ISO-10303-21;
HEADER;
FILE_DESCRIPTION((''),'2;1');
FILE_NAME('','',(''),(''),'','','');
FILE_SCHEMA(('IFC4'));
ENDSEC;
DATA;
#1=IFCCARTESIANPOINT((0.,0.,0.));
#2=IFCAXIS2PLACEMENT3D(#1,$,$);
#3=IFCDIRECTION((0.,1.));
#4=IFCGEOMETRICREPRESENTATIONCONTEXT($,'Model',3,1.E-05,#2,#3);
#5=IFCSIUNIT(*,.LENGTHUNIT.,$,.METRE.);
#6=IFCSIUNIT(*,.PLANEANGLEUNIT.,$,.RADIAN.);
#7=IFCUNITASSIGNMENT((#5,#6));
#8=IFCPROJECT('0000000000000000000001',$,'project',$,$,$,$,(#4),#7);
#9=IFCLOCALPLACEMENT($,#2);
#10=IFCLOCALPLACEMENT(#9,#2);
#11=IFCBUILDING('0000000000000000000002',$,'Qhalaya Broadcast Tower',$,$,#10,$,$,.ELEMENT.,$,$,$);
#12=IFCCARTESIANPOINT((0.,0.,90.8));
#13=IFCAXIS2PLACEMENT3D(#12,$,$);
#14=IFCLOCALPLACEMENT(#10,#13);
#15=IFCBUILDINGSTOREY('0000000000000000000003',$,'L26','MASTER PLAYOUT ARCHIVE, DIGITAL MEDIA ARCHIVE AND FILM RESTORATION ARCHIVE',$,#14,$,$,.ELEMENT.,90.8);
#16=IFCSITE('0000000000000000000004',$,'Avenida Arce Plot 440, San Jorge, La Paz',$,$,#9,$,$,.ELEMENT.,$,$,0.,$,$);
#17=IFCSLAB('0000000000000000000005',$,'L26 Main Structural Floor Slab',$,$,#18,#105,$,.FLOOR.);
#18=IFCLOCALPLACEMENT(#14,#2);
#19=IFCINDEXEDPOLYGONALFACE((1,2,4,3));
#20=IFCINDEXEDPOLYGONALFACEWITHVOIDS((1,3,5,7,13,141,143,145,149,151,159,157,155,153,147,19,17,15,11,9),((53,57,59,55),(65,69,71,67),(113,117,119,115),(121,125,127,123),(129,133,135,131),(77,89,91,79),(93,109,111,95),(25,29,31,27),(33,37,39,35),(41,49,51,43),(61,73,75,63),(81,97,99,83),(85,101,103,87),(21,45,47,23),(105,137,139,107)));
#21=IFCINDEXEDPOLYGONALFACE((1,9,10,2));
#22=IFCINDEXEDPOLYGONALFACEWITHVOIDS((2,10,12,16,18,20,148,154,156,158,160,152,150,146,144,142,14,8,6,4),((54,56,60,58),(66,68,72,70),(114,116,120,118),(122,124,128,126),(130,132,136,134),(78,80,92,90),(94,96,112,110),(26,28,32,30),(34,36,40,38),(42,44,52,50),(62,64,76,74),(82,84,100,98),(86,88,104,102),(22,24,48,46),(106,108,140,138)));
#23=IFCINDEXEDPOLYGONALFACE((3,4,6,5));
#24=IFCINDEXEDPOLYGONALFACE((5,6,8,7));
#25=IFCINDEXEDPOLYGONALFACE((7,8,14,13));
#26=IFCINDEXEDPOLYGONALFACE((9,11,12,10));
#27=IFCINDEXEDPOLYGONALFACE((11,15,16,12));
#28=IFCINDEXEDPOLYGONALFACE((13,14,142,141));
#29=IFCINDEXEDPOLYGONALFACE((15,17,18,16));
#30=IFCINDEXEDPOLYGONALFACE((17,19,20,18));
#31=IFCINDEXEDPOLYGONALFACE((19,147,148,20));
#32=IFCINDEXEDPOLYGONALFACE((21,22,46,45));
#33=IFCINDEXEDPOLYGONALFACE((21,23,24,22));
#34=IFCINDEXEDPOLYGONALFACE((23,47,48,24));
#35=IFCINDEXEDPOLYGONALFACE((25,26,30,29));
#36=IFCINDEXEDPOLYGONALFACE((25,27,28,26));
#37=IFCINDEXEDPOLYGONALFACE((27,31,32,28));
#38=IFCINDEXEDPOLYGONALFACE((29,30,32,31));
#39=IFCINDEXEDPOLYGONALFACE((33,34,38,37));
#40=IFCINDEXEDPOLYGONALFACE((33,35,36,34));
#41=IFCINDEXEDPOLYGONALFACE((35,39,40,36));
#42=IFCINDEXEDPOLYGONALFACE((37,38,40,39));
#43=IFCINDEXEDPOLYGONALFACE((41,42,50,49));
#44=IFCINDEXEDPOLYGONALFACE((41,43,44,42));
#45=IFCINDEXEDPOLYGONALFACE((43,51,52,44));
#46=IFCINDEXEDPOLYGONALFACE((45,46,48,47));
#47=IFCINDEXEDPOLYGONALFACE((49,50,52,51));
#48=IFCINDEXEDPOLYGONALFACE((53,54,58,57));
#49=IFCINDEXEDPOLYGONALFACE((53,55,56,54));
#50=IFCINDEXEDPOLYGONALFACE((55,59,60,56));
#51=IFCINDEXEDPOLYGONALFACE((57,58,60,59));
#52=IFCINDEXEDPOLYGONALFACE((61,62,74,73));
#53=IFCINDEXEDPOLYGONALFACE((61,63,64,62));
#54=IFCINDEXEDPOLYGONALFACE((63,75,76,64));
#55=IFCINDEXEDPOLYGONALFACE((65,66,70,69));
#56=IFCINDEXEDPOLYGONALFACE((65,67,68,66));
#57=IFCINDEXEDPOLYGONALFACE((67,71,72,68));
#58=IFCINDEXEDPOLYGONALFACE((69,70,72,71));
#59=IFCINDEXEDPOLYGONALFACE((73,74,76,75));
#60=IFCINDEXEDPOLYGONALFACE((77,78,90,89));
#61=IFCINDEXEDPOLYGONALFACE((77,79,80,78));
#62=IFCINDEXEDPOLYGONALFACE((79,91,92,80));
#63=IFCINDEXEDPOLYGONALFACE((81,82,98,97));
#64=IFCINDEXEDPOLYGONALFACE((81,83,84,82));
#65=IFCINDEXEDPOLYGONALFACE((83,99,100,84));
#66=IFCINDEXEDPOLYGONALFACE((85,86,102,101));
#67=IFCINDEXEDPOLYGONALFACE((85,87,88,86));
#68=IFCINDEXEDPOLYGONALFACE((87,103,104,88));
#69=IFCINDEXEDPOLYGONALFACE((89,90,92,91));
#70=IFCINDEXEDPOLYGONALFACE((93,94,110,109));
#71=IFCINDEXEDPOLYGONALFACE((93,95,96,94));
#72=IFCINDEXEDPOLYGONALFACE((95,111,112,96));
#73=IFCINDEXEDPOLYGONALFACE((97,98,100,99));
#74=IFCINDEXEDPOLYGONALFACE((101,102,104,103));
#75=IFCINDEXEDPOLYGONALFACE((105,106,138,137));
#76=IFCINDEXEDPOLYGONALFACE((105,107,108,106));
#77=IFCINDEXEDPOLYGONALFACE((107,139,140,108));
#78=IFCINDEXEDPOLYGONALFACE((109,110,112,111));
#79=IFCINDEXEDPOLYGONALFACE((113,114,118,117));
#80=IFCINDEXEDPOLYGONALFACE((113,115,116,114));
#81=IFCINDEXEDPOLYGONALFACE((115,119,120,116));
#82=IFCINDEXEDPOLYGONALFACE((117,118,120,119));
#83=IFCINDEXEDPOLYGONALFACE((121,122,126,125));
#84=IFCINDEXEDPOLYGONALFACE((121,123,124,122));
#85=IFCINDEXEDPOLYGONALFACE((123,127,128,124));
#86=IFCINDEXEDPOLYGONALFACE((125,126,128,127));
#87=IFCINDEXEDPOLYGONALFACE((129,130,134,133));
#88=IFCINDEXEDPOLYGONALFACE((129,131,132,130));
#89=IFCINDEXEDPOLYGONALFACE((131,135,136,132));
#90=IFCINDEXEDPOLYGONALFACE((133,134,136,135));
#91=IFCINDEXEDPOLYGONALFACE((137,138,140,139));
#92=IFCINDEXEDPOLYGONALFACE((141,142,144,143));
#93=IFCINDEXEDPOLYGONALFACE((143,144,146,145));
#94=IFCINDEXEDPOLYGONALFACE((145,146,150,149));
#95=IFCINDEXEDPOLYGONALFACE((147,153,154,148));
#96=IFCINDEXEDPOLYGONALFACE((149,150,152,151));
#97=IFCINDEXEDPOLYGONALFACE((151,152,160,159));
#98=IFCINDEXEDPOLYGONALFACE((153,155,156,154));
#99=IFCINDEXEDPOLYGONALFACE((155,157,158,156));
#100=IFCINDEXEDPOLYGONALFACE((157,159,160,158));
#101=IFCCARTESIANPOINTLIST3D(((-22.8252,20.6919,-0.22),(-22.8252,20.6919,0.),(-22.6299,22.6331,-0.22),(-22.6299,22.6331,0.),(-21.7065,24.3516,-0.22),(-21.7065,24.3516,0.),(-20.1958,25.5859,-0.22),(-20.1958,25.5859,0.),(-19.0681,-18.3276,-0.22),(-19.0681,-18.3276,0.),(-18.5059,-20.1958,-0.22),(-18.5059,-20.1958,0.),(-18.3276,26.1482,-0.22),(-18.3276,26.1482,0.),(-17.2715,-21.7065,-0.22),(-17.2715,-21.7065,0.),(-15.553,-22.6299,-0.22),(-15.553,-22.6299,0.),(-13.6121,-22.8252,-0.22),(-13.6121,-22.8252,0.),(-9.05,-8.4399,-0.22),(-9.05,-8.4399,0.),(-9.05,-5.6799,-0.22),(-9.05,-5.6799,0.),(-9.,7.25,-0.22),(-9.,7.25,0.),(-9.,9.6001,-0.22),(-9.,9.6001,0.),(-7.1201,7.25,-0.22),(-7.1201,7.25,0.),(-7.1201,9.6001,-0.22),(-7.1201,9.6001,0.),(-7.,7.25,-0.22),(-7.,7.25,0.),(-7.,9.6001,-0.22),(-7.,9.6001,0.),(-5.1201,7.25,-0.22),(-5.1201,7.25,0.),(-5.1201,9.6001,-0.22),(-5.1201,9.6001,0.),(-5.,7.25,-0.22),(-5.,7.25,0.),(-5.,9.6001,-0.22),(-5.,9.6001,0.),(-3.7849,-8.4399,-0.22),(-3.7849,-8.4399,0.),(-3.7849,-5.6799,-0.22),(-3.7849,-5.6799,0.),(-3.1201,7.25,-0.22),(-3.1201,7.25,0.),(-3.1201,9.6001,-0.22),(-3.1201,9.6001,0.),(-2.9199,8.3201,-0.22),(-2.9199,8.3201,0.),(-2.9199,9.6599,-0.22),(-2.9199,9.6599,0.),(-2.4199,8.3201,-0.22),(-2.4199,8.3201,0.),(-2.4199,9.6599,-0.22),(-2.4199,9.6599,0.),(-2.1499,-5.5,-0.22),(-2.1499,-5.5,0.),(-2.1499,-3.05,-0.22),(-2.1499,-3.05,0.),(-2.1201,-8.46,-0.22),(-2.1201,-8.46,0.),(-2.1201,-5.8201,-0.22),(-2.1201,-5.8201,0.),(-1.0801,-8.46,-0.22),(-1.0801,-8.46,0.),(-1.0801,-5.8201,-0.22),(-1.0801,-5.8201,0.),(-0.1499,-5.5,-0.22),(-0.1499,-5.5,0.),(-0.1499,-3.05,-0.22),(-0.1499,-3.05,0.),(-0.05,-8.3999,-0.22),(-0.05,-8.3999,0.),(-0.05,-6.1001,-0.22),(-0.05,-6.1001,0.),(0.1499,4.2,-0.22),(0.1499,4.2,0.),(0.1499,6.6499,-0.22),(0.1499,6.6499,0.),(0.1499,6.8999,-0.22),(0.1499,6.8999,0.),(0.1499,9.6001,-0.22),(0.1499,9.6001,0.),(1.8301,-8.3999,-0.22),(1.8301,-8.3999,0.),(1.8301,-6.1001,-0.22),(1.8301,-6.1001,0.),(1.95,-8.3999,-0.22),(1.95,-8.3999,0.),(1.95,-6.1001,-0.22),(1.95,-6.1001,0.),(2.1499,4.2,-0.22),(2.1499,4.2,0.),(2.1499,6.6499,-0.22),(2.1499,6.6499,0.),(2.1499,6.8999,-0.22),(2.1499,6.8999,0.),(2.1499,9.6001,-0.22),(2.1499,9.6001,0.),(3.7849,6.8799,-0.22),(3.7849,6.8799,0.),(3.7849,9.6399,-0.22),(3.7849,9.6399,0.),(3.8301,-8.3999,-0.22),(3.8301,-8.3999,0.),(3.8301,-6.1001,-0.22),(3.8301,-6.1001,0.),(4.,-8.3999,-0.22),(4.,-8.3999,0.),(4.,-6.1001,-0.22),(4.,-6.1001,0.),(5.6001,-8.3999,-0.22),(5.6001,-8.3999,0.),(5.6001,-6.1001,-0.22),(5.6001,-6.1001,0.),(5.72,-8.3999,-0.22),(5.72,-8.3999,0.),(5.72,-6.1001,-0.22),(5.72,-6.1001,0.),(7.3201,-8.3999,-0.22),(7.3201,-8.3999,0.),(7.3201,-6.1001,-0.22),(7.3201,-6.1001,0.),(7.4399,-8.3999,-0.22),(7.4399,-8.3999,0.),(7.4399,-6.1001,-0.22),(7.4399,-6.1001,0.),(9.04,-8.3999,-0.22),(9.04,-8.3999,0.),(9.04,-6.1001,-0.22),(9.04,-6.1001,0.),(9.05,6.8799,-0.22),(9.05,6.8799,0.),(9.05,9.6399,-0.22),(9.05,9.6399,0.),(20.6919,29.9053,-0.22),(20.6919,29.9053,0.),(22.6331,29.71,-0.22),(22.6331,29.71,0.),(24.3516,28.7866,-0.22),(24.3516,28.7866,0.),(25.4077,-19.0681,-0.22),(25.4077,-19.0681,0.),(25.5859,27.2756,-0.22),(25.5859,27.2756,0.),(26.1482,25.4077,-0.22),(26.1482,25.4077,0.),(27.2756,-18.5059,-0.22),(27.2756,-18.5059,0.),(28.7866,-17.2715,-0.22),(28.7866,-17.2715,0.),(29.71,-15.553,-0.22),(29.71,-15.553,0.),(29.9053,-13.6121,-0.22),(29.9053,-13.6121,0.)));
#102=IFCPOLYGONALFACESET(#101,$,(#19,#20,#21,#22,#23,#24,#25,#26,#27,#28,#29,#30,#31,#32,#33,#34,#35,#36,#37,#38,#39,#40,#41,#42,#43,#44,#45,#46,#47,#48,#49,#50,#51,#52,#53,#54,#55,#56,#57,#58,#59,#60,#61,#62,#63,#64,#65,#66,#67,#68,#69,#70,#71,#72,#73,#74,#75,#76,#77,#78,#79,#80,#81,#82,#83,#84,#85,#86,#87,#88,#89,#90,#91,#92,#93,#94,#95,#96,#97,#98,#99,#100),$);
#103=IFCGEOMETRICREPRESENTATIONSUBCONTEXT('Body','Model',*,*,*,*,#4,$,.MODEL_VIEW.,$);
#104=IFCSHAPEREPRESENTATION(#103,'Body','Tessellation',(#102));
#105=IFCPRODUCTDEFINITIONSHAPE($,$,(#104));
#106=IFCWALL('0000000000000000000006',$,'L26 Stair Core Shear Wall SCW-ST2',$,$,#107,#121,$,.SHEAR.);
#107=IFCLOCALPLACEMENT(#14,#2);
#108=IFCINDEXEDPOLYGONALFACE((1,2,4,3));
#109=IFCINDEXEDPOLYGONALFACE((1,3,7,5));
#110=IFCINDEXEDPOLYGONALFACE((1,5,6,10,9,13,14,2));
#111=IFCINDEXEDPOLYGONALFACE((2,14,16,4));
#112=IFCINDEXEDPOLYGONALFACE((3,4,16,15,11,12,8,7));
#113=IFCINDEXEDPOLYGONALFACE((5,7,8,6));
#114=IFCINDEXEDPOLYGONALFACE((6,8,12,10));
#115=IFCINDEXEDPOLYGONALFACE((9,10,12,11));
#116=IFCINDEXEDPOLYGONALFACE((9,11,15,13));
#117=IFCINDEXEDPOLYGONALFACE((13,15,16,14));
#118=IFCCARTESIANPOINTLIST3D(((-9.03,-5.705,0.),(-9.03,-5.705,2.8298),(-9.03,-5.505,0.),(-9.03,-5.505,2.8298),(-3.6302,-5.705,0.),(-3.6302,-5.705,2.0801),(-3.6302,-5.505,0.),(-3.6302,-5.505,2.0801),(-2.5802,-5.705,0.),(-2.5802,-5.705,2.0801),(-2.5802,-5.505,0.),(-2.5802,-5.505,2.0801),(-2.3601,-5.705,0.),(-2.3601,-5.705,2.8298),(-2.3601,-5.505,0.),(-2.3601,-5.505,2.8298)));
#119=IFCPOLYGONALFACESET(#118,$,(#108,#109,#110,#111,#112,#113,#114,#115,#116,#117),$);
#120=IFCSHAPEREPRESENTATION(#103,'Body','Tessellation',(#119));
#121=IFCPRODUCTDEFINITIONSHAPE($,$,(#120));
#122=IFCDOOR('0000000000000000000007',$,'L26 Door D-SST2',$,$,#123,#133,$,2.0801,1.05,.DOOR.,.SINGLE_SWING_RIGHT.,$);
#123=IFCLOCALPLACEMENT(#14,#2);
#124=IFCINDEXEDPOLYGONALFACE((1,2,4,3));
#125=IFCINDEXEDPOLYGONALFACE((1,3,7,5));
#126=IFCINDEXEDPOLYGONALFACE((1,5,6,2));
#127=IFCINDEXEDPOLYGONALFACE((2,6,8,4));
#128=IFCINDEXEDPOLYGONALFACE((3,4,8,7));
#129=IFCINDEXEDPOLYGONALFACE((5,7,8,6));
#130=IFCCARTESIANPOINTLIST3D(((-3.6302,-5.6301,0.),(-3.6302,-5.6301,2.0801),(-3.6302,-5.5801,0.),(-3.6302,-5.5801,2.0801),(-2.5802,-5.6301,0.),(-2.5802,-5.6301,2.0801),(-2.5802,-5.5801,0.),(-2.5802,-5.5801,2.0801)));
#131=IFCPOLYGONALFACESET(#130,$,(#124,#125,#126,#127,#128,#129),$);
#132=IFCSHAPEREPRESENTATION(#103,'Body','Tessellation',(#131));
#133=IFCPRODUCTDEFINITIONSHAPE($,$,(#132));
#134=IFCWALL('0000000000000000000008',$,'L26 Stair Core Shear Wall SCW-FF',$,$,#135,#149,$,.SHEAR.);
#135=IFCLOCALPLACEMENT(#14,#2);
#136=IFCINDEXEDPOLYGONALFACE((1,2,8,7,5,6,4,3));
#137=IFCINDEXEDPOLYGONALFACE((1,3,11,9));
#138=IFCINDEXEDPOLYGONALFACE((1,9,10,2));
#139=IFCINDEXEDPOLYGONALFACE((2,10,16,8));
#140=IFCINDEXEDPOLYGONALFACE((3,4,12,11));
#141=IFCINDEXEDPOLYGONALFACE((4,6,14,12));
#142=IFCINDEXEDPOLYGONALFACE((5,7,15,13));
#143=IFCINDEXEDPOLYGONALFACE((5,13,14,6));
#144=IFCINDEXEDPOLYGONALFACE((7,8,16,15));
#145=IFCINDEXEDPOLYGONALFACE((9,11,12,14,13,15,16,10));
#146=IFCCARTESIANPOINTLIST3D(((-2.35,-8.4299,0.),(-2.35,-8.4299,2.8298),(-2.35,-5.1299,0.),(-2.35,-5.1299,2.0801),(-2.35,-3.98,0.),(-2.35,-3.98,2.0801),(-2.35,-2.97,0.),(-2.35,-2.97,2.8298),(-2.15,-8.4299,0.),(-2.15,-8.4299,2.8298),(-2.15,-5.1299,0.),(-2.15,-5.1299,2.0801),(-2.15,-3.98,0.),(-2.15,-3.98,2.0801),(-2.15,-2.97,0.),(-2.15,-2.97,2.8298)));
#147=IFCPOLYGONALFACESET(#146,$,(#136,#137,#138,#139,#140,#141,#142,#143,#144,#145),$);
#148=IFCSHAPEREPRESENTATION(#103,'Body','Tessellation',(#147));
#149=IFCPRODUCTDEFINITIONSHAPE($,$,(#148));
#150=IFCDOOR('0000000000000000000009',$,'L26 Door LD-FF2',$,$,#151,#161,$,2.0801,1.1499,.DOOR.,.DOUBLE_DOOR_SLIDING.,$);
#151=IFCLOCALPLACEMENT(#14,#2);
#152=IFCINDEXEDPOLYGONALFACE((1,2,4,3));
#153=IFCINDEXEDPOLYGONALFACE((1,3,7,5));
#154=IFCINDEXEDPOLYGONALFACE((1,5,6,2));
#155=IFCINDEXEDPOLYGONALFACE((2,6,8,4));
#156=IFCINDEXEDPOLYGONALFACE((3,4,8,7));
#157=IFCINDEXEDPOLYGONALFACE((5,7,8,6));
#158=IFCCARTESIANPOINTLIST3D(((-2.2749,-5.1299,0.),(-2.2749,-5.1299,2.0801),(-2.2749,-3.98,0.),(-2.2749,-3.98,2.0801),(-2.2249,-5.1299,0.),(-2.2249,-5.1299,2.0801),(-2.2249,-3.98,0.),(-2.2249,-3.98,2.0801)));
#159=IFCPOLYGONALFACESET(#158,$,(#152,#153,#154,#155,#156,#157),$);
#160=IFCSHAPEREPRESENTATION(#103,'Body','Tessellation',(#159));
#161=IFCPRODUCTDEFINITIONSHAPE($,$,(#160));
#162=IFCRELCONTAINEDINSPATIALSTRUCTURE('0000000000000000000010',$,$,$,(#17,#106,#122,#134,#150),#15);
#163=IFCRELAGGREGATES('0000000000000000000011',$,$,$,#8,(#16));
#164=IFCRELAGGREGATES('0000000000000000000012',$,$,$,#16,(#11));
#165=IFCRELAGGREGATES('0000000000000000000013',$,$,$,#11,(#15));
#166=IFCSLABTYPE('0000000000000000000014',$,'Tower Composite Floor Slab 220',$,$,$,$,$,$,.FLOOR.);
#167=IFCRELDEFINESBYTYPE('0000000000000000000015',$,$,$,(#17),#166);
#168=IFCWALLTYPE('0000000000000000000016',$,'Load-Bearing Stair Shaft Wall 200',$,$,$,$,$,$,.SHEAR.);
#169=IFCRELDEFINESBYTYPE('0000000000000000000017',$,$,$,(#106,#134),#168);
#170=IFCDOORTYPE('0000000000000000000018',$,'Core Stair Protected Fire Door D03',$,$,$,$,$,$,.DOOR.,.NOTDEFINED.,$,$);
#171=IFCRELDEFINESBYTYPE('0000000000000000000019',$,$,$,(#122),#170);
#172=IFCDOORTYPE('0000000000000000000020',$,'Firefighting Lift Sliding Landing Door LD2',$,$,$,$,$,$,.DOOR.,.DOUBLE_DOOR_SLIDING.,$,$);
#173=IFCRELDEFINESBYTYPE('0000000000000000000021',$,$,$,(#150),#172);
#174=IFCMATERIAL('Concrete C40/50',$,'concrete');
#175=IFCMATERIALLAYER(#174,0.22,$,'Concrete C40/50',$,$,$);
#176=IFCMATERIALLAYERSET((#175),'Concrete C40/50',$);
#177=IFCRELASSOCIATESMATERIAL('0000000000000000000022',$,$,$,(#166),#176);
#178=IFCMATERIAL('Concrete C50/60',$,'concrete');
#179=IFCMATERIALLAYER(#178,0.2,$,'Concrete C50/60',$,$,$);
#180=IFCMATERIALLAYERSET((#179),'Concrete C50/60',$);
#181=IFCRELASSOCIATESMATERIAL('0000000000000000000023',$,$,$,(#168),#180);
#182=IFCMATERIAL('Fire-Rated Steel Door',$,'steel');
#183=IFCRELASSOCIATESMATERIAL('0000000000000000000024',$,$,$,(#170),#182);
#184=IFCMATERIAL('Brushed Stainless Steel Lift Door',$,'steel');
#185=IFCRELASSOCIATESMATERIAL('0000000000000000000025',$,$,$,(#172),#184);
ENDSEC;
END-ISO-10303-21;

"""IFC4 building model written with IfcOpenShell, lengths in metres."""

from ifc_helpers import new_model, si_unit, direction, frame, frame_2d, origin, place, context, subcontext, project, spatial, polyline, rectangle, outline, extrude, material, layer, layer_set, type_object, element, fill, save


model = new_model("IFC4")

# Units and contexts
model_context = context("Model", 3, precision=1e-05, world=origin(), true_north=direction((0.0, 1.0)))
body_context = subcontext(model_context, "Body", "Model", "MODEL_VIEW")
ifc_project = project(units=[si_unit("LENGTHUNIT", "METRE"), si_unit("PLANEANGLEUNIT", "RADIAN")], contexts=[model_context])

# Site, building, storey
site_placement = place(None, origin())
site = spatial("IfcSite", under=ifc_project, at=site_placement, Name="Avenida Arce Plot 440, San Jorge, La Paz", CompositionType="ELEMENT", RefElevation=0.0)
building_placement = place(site_placement, origin())
building = spatial("IfcBuilding", under=site, at=building_placement, Name="Qhalaya Broadcast Tower", CompositionType="ELEMENT")
storey_placement = place(building_placement, frame((0.0, 0.0, 90.8)))
storey = spatial("IfcBuildingStorey", under=building, at=storey_placement, Name="L26", Description="MASTER PLAYOUT ARCHIVE, DIGITAL MEDIA ARCHIVE AND FILM RESTORATION ARCHIVE", CompositionType="ELEMENT", Elevation=90.8)

# Shared definitions
ifc_material_1 = material(Name="Concrete C50/60", Category="concrete")

# Slab
ifc_material_2 = material(Name="Concrete C40/50", Category="concrete")
ifc_layer_1 = layer(ifc_material_2, 0.22, Name="Concrete C40/50")
ifc_layer_set_1 = layer_set([ifc_layer_1], Name="Concrete C40/50")
slab_type = type_object("IfcSlabType", Name="Tower Composite Floor Slab 220", PredefinedType="FLOOR", material=ifc_layer_set_1)
slab_placement = place(storey_placement, frame((0.0, 0.0, -0.22)))
element("IfcSlab", 1, at=slab_placement, inside=storey, type_object=slab_type, Name="L26 Main Structural Floor Slab", PredefinedType="FLOOR", context=body_context, shape_type="SweptSolid", body=[
    extrude(outline(polyline([(25.4077, -19.0681), (27.2756, -18.5059), (28.7866, -17.2715), (29.71, -15.553), (29.9053, -13.6121), (26.1482, 25.4077), (25.5859, 27.2756), (24.3516, 28.7866), (22.6331, 29.71), (20.6919, 29.9053), (-18.3276, 26.1482), (-20.1958, 25.5859), (-21.7065, 24.3516), (-22.6299, 22.6331), (-22.8252, 20.6919), (-19.0681, -18.3276), (-18.5059, -20.1958), (-17.2715, -21.7065), (-15.553, -22.6299), (-13.6121, -22.8252), (25.4077, -19.0681)]), holes=[polyline([(3.7849, 9.6399), (9.05, 9.6399), (9.05, 6.8799), (3.7849, 6.8799), (3.7849, 9.6399)]), polyline([(-3.7849, -8.4399), (-9.05, -8.4399), (-9.05, -5.6799), (-3.7849, -5.6799), (-3.7849, -8.4399)]), polyline([(0.1499, 6.6499), (2.1499, 6.6499), (2.1499, 4.2), (0.1499, 4.2), (0.1499, 6.6499)]), polyline([(0.1499, 9.6001), (2.1499, 9.6001), (2.1499, 6.8999), (0.1499, 6.8999), (0.1499, 9.6001)]), polyline([(-2.1499, -3.05), (-0.1499, -3.05), (-0.1499, -5.5), (-2.1499, -5.5), (-2.1499, -3.05)]), polyline([(-9.0, 9.6001), (-7.1201, 9.6001), (-7.1201, 7.25), (-9.0, 7.25), (-9.0, 9.6001)]), polyline([(-7.0, 9.6001), (-5.1201, 9.6001), (-5.1201, 7.25), (-7.0, 7.25), (-7.0, 9.6001)]), polyline([(-5.0, 9.6001), (-3.1201, 9.6001), (-3.1201, 7.25), (-5.0, 7.25), (-5.0, 9.6001)]), polyline([(-0.05, -6.1001), (1.8301, -6.1001), (1.8301, -8.3999), (-0.05, -8.3999), (-0.05, -6.1001)]), polyline([(1.95, -6.1001), (3.8301, -6.1001), (3.8301, -8.3999), (1.95, -8.3999), (1.95, -6.1001)]), polyline([(4.0, -6.1001), (5.6001, -6.1001), (5.6001, -8.3999), (4.0, -8.3999), (4.0, -6.1001)]), polyline([(5.72, -6.1001), (7.3201, -6.1001), (7.3201, -8.3999), (5.72, -8.3999), (5.72, -6.1001)]), polyline([(7.4399, -6.1001), (9.04, -6.1001), (9.04, -8.3999), (7.4399, -8.3999), (7.4399, -6.1001)]), polyline([(-2.9199, 9.6599), (-2.4199, 9.6599), (-2.4199, 8.3201), (-2.9199, 8.3201), (-2.9199, 9.6599)]), polyline([(-2.1201, -5.8201), (-1.0801, -5.8201), (-1.0801, -8.46), (-2.1201, -8.46), (-2.1201, -5.8201)])]), origin(), (0.0, 0.0, 1.0), 0.22),
])

# Walls, openings, doors
ifc_layer_2 = layer(ifc_material_1, 0.2, Name="Concrete C50/60")
ifc_layer_set_2 = layer_set([ifc_layer_2], Name="Concrete C50/60")
wall_type_1 = type_object("IfcWallType", Name="Load-Bearing Stair Shaft Wall 200", PredefinedType="SHEAR", material=ifc_layer_set_2)
wall_1_placement = place(storey_placement, frame((-9.03, -5.605, 0.0), z_axis=(0.0, 0.0, 1.0), x_axis=(1.0, 0.0, 0.0)))
wall_1 = element("IfcWall", 2, at=wall_1_placement, inside=storey, type_object=wall_type_1, Name="L26 Stair Core Shear Wall SCW-ST2", PredefinedType="SHEAR", context=body_context, shape_type="SweptSolid", body=[
    extrude(rectangle(XDim=6.6699, YDim=0.2, at=frame_2d((3.335, 0.0))), origin(), (0.0, 0.0, 1.0), 2.8298),
])
opening_1_placement = place(wall_1_placement, frame((5.3999, 0.0, 0.0)))
opening_1 = element("IfcOpeningElement", 3, at=opening_1_placement, cuts=wall_1, PredefinedType="OPENING", context=body_context, shape_type="SweptSolid", body=[
    extrude(rectangle(XDim=1.05, YDim=2.0801, at=frame_2d((0.5249, 1.04))), frame((0.0, 0.1121, 0.0), z_axis=(0.0, -1.0, 0.0), x_axis=(1.0, 0.0, 0.0)), (0.0, 0.0, 1.0), 0.2239),
])
ifc_material_3 = material(Name="Fire-Rated Steel Door", Category="steel")
door_type_1 = type_object("IfcDoorType", Name="Core Stair Protected Fire Door D03", OperationType="NOTDEFINED", PredefinedType="DOOR", material=ifc_material_3)
door_1_placement = place(opening_1_placement, origin())
door_1 = element("IfcDoor", 4, at=door_1_placement, inside=storey, type_object=door_type_1, Name="L26 Door D-SST2", OperationType="SINGLE_SWING_RIGHT", OverallHeight=2.0801, OverallWidth=1.05, PredefinedType="DOOR", context=body_context, shape_type="SweptSolid", body=[
    extrude(rectangle(XDim=1.05, YDim=2.0801, at=frame_2d((0.5249, 1.04))), frame((0.0, 0.0249, 0.0), z_axis=(0.0, -1.0, 0.0), x_axis=(1.0, 0.0, 0.0)), (0.0, 0.0, 1.0), 0.05),
])
fill(opening_1, door_1)
wall_2_placement = place(storey_placement, frame((-2.25, -8.4299, 0.0), z_axis=(0.0, 0.0, 1.0), x_axis=(0.0, 1.0, 0.0)))
wall_2 = element("IfcWall", 5, at=wall_2_placement, inside=storey, type_object=wall_type_1, Name="L26 Stair Core Shear Wall SCW-FF", PredefinedType="SHEAR", context=body_context, shape_type="SweptSolid", body=[
    extrude(rectangle(XDim=5.46, YDim=0.2, at=frame_2d((2.73, 0.0))), origin(), (0.0, 0.0, 1.0), 2.8298),
])
opening_2_placement = place(wall_2_placement, frame((3.3, 0.0, 0.0)))
opening_2 = element("IfcOpeningElement", 6, at=opening_2_placement, cuts=wall_2, PredefinedType="OPENING", context=body_context, shape_type="SweptSolid", body=[
    extrude(rectangle(XDim=1.1499, YDim=2.0801, at=frame_2d((0.575, 1.04))), frame((0.0, 0.1121, 0.0), z_axis=(0.0, -1.0, 0.0), x_axis=(1.0, 0.0, 0.0)), (0.0, 0.0, 1.0), 0.2239),
])
ifc_material_4 = material(Name="Brushed Stainless Steel Lift Door", Category="steel")
door_type_2 = type_object("IfcDoorType", Name="Firefighting Lift Sliding Landing Door LD2", OperationType="DOUBLE_DOOR_SLIDING", PredefinedType="DOOR", material=ifc_material_4)
door_2_placement = place(opening_2_placement, origin())
door_2 = element("IfcDoor", 7, at=door_2_placement, inside=storey, type_object=door_type_2, Name="L26 Door LD-FF2", OperationType="DOUBLE_DOOR_SLIDING", OverallHeight=2.0801, OverallWidth=1.1499, PredefinedType="DOOR", context=body_context, shape_type="SweptSolid", body=[
    extrude(rectangle(XDim=1.1499, YDim=2.0801, at=frame_2d((0.575, 1.04))), frame((0.0, 0.0249, 0.0), z_axis=(0.0, -1.0, 0.0), x_axis=(1.0, 0.0, 0.0)), (0.0, 0.0, 1.0), 0.05),
])
fill(opening_2, door_2)

save(model, "model.ifc")
